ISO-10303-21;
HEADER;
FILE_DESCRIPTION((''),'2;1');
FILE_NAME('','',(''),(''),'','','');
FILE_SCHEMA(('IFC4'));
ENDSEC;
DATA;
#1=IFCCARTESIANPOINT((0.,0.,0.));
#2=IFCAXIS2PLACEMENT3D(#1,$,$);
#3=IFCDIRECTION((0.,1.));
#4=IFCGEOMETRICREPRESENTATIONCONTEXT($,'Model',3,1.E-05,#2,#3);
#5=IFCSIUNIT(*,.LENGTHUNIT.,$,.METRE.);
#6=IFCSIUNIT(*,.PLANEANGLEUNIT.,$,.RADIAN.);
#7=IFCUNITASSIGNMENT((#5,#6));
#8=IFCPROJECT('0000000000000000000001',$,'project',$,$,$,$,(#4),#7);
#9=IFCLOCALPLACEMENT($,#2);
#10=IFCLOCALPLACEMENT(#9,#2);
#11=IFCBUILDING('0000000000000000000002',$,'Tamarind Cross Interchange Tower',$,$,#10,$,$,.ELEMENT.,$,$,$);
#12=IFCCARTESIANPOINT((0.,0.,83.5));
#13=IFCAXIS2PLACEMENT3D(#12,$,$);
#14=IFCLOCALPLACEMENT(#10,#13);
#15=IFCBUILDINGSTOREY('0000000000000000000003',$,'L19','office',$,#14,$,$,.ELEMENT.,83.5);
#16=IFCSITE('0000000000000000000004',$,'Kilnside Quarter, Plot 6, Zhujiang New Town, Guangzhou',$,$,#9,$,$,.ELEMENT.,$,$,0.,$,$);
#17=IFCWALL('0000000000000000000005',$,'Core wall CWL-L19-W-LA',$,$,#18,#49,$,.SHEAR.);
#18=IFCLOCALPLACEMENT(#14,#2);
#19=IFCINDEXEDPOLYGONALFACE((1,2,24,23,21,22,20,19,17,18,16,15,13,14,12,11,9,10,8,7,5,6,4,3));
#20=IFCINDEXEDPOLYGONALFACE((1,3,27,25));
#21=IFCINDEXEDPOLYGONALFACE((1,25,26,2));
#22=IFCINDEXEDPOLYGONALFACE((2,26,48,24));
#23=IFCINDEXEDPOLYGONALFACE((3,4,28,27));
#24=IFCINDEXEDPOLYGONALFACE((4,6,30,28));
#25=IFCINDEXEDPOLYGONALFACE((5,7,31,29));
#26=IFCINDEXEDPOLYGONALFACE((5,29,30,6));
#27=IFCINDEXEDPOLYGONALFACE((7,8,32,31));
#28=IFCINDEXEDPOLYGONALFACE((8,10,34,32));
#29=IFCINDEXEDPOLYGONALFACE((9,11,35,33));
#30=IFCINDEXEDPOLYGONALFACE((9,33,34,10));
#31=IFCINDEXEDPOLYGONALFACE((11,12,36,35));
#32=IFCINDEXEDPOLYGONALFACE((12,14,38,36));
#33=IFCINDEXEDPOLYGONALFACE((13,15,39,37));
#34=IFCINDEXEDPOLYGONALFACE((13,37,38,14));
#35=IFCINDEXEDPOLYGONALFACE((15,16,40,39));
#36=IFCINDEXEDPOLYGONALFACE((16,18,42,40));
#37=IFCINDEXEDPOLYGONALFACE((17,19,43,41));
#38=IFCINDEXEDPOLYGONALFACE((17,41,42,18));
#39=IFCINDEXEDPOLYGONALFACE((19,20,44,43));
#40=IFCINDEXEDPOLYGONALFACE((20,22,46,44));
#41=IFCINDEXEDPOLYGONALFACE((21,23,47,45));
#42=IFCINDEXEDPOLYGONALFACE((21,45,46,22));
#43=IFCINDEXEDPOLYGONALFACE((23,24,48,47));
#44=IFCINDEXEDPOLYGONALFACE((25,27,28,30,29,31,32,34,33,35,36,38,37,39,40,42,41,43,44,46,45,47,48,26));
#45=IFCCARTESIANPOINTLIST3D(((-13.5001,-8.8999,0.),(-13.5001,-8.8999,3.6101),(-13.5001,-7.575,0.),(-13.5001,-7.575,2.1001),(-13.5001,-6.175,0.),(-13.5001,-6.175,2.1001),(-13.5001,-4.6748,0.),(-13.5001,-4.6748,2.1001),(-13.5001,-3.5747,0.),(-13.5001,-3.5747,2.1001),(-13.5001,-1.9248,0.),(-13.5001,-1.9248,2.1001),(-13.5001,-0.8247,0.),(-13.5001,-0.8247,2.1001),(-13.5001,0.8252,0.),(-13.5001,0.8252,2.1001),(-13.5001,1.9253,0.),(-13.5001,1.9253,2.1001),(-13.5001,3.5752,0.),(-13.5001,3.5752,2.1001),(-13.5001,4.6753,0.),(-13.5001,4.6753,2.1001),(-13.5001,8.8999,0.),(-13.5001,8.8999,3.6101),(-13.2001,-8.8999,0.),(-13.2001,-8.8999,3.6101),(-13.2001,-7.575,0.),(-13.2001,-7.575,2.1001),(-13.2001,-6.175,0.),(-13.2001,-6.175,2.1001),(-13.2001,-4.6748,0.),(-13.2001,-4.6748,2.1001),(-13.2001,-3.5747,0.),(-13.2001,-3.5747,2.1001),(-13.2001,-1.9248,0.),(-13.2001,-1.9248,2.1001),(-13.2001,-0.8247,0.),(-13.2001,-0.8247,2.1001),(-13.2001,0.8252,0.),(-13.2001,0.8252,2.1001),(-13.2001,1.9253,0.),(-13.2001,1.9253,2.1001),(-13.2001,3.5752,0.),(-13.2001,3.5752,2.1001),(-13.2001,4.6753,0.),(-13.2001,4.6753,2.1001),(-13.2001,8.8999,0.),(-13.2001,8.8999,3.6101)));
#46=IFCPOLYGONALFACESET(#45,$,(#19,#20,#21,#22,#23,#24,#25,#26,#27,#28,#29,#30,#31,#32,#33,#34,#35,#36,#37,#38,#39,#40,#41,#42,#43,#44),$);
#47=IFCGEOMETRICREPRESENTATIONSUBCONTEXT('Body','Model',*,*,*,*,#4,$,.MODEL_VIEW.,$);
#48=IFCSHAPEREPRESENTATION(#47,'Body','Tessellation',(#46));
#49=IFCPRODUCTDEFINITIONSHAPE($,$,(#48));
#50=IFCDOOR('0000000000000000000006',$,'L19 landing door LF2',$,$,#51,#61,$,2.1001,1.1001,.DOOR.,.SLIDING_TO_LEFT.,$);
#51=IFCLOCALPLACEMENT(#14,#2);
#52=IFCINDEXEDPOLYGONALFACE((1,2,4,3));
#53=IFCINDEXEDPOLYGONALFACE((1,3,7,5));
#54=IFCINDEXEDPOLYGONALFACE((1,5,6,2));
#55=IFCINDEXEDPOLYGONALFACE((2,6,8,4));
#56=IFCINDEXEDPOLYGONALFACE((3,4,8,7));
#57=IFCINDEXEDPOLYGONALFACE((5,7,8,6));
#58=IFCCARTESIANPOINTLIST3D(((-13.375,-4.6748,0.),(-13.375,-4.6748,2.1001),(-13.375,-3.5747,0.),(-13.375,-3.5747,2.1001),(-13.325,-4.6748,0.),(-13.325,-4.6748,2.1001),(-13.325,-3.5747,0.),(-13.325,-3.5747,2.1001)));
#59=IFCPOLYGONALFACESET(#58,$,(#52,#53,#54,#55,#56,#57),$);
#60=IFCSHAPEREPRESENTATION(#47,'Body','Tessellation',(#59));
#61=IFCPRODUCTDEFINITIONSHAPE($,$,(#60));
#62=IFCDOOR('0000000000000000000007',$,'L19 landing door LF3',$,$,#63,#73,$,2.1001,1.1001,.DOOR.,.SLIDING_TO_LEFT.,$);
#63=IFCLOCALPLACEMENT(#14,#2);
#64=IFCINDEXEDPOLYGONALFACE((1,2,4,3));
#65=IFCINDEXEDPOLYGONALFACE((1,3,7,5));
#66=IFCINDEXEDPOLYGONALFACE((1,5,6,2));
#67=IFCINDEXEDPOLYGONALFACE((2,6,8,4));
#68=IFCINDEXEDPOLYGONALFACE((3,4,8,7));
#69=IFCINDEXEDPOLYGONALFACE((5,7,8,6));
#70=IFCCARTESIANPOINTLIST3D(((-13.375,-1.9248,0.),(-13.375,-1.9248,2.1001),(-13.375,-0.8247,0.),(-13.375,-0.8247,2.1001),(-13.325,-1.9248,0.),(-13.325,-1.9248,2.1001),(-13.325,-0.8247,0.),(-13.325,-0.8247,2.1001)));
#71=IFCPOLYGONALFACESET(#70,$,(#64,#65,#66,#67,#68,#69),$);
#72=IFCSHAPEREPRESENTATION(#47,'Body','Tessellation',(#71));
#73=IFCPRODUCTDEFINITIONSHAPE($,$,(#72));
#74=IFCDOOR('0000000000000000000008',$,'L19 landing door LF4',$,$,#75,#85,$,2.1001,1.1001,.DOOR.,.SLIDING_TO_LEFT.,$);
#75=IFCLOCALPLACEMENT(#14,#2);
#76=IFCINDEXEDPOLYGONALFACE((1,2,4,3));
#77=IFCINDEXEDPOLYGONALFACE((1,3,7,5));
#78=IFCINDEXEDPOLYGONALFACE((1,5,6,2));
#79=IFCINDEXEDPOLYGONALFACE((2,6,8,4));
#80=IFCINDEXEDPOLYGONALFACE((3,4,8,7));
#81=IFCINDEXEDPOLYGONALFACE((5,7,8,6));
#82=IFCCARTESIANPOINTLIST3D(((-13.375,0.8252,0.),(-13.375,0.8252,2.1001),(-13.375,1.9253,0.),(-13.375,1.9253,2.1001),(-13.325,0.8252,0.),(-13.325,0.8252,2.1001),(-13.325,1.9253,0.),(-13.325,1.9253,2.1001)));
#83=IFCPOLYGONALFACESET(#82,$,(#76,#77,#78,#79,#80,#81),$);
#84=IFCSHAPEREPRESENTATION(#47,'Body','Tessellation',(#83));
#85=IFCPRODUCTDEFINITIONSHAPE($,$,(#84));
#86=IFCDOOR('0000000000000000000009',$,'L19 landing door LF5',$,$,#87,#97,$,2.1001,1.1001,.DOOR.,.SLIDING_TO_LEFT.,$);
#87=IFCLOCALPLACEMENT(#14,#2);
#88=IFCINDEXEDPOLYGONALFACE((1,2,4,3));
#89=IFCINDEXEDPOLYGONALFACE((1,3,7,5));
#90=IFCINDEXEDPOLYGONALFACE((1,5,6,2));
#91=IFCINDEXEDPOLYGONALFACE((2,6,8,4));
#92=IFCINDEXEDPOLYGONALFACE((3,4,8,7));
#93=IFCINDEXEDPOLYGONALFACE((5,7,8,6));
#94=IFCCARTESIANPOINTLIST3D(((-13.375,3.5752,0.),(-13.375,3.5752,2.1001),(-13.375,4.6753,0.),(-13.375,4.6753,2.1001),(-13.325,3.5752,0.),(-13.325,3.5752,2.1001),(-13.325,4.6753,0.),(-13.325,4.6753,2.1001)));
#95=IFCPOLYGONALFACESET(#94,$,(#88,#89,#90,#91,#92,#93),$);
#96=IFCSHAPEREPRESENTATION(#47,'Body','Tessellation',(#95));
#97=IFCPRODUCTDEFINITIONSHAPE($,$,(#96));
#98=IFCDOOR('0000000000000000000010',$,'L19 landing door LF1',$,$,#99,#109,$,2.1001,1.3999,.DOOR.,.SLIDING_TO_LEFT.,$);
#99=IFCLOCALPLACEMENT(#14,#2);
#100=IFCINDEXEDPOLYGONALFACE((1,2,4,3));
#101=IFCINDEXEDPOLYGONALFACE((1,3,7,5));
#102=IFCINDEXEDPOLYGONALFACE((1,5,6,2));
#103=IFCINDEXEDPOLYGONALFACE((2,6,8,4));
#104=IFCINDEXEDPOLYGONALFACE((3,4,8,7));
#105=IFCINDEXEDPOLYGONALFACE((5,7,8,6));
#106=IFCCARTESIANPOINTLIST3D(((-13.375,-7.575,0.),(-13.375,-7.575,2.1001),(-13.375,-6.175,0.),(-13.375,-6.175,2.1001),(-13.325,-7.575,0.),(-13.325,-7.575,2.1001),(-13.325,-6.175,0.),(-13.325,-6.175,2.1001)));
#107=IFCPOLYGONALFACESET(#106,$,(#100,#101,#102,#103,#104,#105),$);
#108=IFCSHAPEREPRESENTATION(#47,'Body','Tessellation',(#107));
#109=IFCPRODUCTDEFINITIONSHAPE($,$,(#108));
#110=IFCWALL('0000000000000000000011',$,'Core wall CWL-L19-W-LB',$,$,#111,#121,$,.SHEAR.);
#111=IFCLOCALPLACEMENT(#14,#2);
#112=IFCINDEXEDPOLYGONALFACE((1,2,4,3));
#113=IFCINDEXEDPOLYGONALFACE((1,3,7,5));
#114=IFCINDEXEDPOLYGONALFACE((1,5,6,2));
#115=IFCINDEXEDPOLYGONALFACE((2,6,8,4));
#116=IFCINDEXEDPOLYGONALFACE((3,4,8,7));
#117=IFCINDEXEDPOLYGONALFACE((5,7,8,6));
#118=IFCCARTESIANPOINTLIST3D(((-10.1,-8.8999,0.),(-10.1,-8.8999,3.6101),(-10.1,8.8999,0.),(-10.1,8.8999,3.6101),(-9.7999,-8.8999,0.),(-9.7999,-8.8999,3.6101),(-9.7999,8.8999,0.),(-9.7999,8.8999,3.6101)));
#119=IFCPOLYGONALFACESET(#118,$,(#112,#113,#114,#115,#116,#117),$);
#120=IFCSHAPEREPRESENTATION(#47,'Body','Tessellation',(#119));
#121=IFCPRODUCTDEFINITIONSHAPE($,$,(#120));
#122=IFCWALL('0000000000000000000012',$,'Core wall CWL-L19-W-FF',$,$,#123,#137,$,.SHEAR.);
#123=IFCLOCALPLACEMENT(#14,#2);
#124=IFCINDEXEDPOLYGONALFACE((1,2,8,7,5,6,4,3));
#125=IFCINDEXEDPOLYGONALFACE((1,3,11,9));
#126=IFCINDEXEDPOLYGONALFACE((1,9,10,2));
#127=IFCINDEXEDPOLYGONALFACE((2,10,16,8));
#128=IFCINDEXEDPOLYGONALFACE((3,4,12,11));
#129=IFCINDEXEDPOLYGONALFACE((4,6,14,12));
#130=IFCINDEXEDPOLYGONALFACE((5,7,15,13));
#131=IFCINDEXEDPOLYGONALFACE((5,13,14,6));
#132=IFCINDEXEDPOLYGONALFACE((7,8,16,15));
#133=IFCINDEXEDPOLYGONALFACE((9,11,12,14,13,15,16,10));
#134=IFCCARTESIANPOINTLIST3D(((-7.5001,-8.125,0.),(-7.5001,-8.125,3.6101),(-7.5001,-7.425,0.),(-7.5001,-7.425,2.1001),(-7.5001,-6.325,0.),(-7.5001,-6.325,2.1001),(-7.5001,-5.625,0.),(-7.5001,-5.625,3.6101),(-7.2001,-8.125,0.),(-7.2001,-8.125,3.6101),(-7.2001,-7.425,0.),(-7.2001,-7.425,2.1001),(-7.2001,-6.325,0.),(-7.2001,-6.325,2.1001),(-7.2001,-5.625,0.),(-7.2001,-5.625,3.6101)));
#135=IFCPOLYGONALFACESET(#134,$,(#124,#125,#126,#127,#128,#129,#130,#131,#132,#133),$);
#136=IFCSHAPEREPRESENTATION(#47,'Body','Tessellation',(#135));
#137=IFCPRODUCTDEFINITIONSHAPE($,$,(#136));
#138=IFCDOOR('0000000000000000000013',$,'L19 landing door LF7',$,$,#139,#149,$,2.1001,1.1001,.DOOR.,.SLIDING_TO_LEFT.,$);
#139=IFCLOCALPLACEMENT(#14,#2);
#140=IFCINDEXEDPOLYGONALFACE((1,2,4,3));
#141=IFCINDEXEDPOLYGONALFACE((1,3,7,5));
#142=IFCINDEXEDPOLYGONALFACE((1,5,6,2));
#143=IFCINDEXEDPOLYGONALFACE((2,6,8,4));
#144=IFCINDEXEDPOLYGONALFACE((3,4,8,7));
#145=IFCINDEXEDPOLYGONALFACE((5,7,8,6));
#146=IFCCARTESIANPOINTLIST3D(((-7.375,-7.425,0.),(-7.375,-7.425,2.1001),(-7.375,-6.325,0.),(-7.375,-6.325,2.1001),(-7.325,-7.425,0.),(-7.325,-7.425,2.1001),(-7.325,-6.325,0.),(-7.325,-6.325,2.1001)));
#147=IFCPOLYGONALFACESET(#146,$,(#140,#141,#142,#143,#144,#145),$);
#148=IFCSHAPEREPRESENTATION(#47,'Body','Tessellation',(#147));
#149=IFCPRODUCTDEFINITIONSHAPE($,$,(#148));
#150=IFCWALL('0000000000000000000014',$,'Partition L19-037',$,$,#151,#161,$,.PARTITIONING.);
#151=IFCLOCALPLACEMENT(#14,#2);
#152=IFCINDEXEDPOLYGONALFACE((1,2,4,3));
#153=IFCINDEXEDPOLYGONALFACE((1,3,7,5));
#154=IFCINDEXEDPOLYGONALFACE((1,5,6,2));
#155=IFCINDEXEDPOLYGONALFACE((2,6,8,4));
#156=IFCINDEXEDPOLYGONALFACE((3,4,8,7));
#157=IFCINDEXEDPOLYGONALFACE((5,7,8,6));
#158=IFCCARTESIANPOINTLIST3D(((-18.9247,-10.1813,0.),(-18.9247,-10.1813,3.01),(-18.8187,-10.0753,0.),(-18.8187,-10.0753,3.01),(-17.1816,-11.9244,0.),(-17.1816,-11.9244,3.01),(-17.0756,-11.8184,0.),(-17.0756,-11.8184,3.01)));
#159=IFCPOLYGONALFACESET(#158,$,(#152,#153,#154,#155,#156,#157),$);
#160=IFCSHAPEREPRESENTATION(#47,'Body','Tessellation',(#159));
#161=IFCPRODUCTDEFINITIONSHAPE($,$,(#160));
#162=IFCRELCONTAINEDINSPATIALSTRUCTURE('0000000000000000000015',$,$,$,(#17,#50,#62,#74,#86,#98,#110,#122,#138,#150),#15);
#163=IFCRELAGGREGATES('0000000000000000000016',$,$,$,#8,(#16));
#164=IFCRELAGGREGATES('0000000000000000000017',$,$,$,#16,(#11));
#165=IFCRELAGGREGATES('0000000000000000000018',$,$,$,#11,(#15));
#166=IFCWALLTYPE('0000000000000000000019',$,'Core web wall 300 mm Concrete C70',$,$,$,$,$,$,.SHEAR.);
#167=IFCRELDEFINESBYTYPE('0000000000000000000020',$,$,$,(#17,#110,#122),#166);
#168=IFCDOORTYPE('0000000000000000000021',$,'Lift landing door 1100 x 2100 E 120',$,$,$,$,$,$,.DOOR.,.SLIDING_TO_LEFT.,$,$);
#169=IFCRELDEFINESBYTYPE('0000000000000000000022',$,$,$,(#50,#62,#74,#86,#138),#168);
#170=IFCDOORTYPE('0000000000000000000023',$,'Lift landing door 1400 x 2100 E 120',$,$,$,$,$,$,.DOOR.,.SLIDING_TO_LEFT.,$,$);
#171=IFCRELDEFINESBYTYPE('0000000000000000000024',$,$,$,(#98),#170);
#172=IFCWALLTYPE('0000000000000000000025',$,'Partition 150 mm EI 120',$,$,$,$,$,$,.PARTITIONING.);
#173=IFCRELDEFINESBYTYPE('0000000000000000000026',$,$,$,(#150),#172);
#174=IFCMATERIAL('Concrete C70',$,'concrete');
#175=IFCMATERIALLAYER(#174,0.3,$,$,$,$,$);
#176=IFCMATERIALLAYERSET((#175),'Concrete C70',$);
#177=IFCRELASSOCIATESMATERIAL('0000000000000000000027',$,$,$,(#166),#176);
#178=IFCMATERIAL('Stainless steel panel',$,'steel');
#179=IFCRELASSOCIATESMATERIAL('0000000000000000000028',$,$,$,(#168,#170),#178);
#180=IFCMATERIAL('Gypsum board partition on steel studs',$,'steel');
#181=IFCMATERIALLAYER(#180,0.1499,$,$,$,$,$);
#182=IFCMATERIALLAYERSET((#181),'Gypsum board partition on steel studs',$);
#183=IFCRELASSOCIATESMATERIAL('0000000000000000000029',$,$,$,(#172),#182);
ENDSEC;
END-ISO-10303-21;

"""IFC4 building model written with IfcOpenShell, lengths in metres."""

from ifc_helpers import new_model, si_unit, direction, frame, frame_2d, origin, place, context, subcontext, project, spatial, rectangle, extrude, material, layer, layer_set, type_object, element, fill, save


model = new_model("IFC4")

# Units and contexts
model_context = context("Model", 3, precision=1e-05, world=origin(), true_north=direction((0.0, 1.0)))
body_context = subcontext(model_context, "Body", "Model", "MODEL_VIEW")
ifc_project = project(units=[si_unit("LENGTHUNIT", "METRE"), si_unit("PLANEANGLEUNIT", "RADIAN")], contexts=[model_context])

# Site, building, storey
site_placement = place(None, origin())
site = spatial("IfcSite", under=ifc_project, at=site_placement, Name="Kilnside Quarter, Plot 6, Zhujiang New Town, Guangzhou", CompositionType="ELEMENT", RefElevation=0.0)
building_placement = place(site_placement, origin())
building = spatial("IfcBuilding", under=site, at=building_placement, Name="Tamarind Cross Interchange Tower", CompositionType="ELEMENT")
storey_placement = place(building_placement, frame((0.0, 0.0, 83.5)))
storey = spatial("IfcBuildingStorey", under=building, at=storey_placement, Name="L19", Description="office", CompositionType="ELEMENT", Elevation=83.5)

# Shared definitions
ifc_material_1 = material(Name="Concrete C70", Category="concrete")

# Shared definitions
ifc_layer_1 = layer(ifc_material_1, 0.3)
ifc_layer_set_1 = layer_set([ifc_layer_1], Name="Concrete C70")
wall_type_1 = type_object("IfcWallType", Name="Core web wall 300 mm Concrete C70", PredefinedType="SHEAR", material=ifc_layer_set_1)

# Wall, openings, doors
wall_1_placement = place(storey_placement, frame((-13.3501, -8.8999, 0.0), z_axis=(0.0, 0.0, 1.0), x_axis=(0.0, 1.0, 0.0)))
wall_1 = element("IfcWall", 1, at=wall_1_placement, inside=storey, type_object=wall_type_1, Name="Core wall CWL-L19-W-LA", PredefinedType="SHEAR", context=body_context, shape_type="SweptSolid", body=[
    extrude(rectangle(XDim=17.7998, YDim=0.3, at=frame_2d((8.8999, 0.0))), origin(), (0.0, 0.0, 1.0), 3.6101),
])
opening_1_placement = place(wall_1_placement, frame((1.325, 0.0, 0.0)))
opening_1 = element("IfcOpeningElement", 2, at=opening_1_placement, cuts=wall_1, PredefinedType="OPENING", context=body_context, shape_type="SweptSolid", body=[
    extrude(rectangle(XDim=1.3999, YDim=2.1001, at=frame_2d((0.7, 1.05))), frame((0.0, 0.1599, 0.0), z_axis=(0.0, -1.0, 0.0), x_axis=(1.0, 0.0, 0.0)), (0.0, 0.0, 1.0), 0.3201),
])
opening_2_placement = place(wall_1_placement, frame((4.2251, 0.0, 0.0)))
opening_2 = element("IfcOpeningElement", 3, at=opening_2_placement, cuts=wall_1, PredefinedType="OPENING", context=body_context, shape_type="SweptSolid", body=[
    extrude(rectangle(XDim=1.1001, YDim=2.1001, at=frame_2d((0.55, 1.05))), frame((0.0, 0.1599, 0.0), z_axis=(0.0, -1.0, 0.0), x_axis=(1.0, 0.0, 0.0)), (0.0, 0.0, 1.0), 0.3201),
])
opening_3_placement = place(wall_1_placement, frame((6.9751, 0.0, 0.0)))
opening_3 = element("IfcOpeningElement", 4, at=opening_3_placement, cuts=wall_1, PredefinedType="OPENING", context=body_context, shape_type="SweptSolid", body=[
    extrude(rectangle(XDim=1.1001, YDim=2.1001, at=frame_2d((0.55, 1.05))), frame((0.0, 0.1599, 0.0), z_axis=(0.0, -1.0, 0.0), x_axis=(1.0, 0.0, 0.0)), (0.0, 0.0, 1.0), 0.3201),
])
opening_4_placement = place(wall_1_placement, frame((9.7251, 0.0, 0.0)))
opening_4 = element("IfcOpeningElement", 5, at=opening_4_placement, cuts=wall_1, PredefinedType="OPENING", context=body_context, shape_type="SweptSolid", body=[
    extrude(rectangle(XDim=1.1001, YDim=2.1001, at=frame_2d((0.55, 1.05))), frame((0.0, 0.1599, 0.0), z_axis=(0.0, -1.0, 0.0), x_axis=(1.0, 0.0, 0.0)), (0.0, 0.0, 1.0), 0.3201),
])
opening_5_placement = place(wall_1_placement, frame((12.4751, 0.0, 0.0)))
opening_5 = element("IfcOpeningElement", 6, at=opening_5_placement, cuts=wall_1, PredefinedType="OPENING", context=body_context, shape_type="SweptSolid", body=[
    extrude(rectangle(XDim=1.1001, YDim=2.1001, at=frame_2d((0.55, 1.05))), frame((0.0, 0.1599, 0.0), z_axis=(0.0, -1.0, 0.0), x_axis=(1.0, 0.0, 0.0)), (0.0, 0.0, 1.0), 0.3201),
])
ifc_material_2 = material(Name="Stainless steel panel", Category="steel")
door_type_1 = type_object("IfcDoorType", Name="Lift landing door 1100 x 2100 E 120", OperationType="SLIDING_TO_LEFT", PredefinedType="DOOR", material=ifc_material_2)
door_1_placement = place(opening_2_placement, origin())
door_1 = element("IfcDoor", 7, at=door_1_placement, inside=storey, type_object=door_type_1, Name="L19 landing door LF2", OperationType="SLIDING_TO_LEFT", OverallHeight=2.1001, OverallWidth=1.1001, PredefinedType="DOOR", context=body_context, shape_type="SweptSolid", body=[
    extrude(rectangle(XDim=1.1001, YDim=2.1001, at=frame_2d((0.55, 1.05))), frame((0.0, 0.0249, 0.0), z_axis=(0.0, -1.0, 0.0), x_axis=(1.0, 0.0, 0.0)), (0.0, 0.0, 1.0), 0.05),
])
fill(opening_2, door_1)
door_2_placement = place(opening_3_placement, origin())
door_2 = element("IfcDoor", 8, at=door_2_placement, inside=storey, type_object=door_type_1, Name="L19 landing door LF3", OperationType="SLIDING_TO_LEFT", OverallHeight=2.1001, OverallWidth=1.1001, PredefinedType="DOOR", context=body_context, shape_type="SweptSolid", body=[
    extrude(rectangle(XDim=1.1001, YDim=2.1001, at=frame_2d((0.55, 1.05))), frame((0.0, 0.0249, 0.0), z_axis=(0.0, -1.0, 0.0), x_axis=(1.0, 0.0, 0.0)), (0.0, 0.0, 1.0), 0.05),
])
fill(opening_3, door_2)
door_3_placement = place(opening_4_placement, origin())
door_3 = element("IfcDoor", 9, at=door_3_placement, inside=storey, type_object=door_type_1, Name="L19 landing door LF4", OperationType="SLIDING_TO_LEFT", OverallHeight=2.1001, OverallWidth=1.1001, PredefinedType="DOOR", context=body_context, shape_type="SweptSolid", body=[
    extrude(rectangle(XDim=1.1001, YDim=2.1001, at=frame_2d((0.55, 1.05))), frame((0.0, 0.0249, 0.0), z_axis=(0.0, -1.0, 0.0), x_axis=(1.0, 0.0, 0.0)), (0.0, 0.0, 1.0), 0.05),
])
fill(opening_4, door_3)
door_4_placement = place(opening_5_placement, origin())
door_4 = element("IfcDoor", 10, at=door_4_placement, inside=storey, type_object=door_type_1, Name="L19 landing door LF5", OperationType="SLIDING_TO_LEFT", OverallHeight=2.1001, OverallWidth=1.1001, PredefinedType="DOOR", context=body_context, shape_type="SweptSolid", body=[
    extrude(rectangle(XDim=1.1001, YDim=2.1001, at=frame_2d((0.55, 1.05))), frame((0.0, 0.0249, 0.0), z_axis=(0.0, -1.0, 0.0), x_axis=(1.0, 0.0, 0.0)), (0.0, 0.0, 1.0), 0.05),
])
fill(opening_5, door_4)
door_type_2 = type_object("IfcDoorType", Name="Lift landing door 1400 x 2100 E 120", OperationType="SLIDING_TO_LEFT", PredefinedType="DOOR", material=ifc_material_2)
door_5_placement = place(opening_1_placement, origin())
door_5 = element("IfcDoor", 11, at=door_5_placement, inside=storey, type_object=door_type_2, Name="L19 landing door LF1", OperationType="SLIDING_TO_LEFT", OverallHeight=2.1001, OverallWidth=1.3999, PredefinedType="DOOR", context=body_context, shape_type="SweptSolid", body=[
    extrude(rectangle(XDim=1.3999, YDim=2.1001, at=frame_2d((0.7, 1.05))), frame((0.0, 0.0249, 0.0), z_axis=(0.0, -1.0, 0.0), x_axis=(1.0, 0.0, 0.0)), (0.0, 0.0, 1.0), 0.05),
])
fill(opening_1, door_5)

# Wall
wall_2_placement = place(storey_placement, frame((-9.95, -8.8999, 0.0), z_axis=(0.0, 0.0, 1.0), x_axis=(0.0, 1.0, 0.0)))
element("IfcWall", 12, at=wall_2_placement, inside=storey, type_object=wall_type_1, Name="Core wall CWL-L19-W-LB", PredefinedType="SHEAR", context=body_context, shape_type="SweptSolid", body=[
    extrude(rectangle(XDim=17.7998, YDim=0.3, at=frame_2d((8.8999, 0.0))), origin(), (0.0, 0.0, 1.0), 3.6101),
])

# Wall, opening, door
wall_3_placement = place(storey_placement, frame((-7.3501, -8.125, 0.0), z_axis=(0.0, 0.0, 1.0), x_axis=(0.0, 1.0, 0.0)))
wall_3 = element("IfcWall", 13, at=wall_3_placement, inside=storey, type_object=wall_type_1, Name="Core wall CWL-L19-W-FF", PredefinedType="SHEAR", context=body_context, shape_type="SweptSolid", body=[
    extrude(rectangle(XDim=2.5, YDim=0.3, at=frame_2d((1.25, 0.0))), origin(), (0.0, 0.0, 1.0), 3.6101),
])
opening_6_placement = place(wall_3_placement, frame((0.7, 0.0, 0.0)))
opening_6 = element("IfcOpeningElement", 14, at=opening_6_placement, cuts=wall_3, PredefinedType="OPENING", context=body_context, shape_type="SweptSolid", body=[
    extrude(rectangle(XDim=1.1001, YDim=2.1001, at=frame_2d((0.55, 1.05))), frame((0.0, 0.1599, 0.0), z_axis=(0.0, -1.0, 0.0), x_axis=(1.0, 0.0, 0.0)), (0.0, 0.0, 1.0), 0.3201),
])
door_6_placement = place(opening_6_placement, origin())
door_6 = element("IfcDoor", 15, at=door_6_placement, inside=storey, type_object=door_type_1, Name="L19 landing door LF7", OperationType="SLIDING_TO_LEFT", OverallHeight=2.1001, OverallWidth=1.1001, PredefinedType="DOOR", context=body_context, shape_type="SweptSolid", body=[
    extrude(rectangle(XDim=1.1001, YDim=2.1001, at=frame_2d((0.55, 1.05))), frame((0.0, 0.0249, 0.0), z_axis=(0.0, -1.0, 0.0), x_axis=(1.0, 0.0, 0.0)), (0.0, 0.0, 1.0), 0.05),
])
fill(opening_6, door_6)

# Wall
ifc_material_3 = material(Name="Gypsum board partition on steel studs", Category="steel")
ifc_layer_2 = layer(ifc_material_3, 0.1499)
ifc_layer_set_2 = layer_set([ifc_layer_2], Name="Gypsum board partition on steel studs")
wall_type_2 = type_object("IfcWallType", Name="Partition 150 mm EI 120", PredefinedType="PARTITIONING", material=ifc_layer_set_2)
wall_4_placement = place(storey_placement, frame((-18.8716, -10.1284, 0.0), z_axis=(0.0, 0.0, 1.0), x_axis=(0.707107, -0.707107, 0.0)))
element("IfcWall", 16, at=wall_4_placement, inside=storey, type_object=wall_type_2, Name="Partition L19-037", PredefinedType="PARTITIONING", context=body_context, shape_type="SweptSolid", body=[
    extrude(rectangle(XDim=2.4651, YDim=0.1499, at=frame_2d((1.2324, 0.0))), origin(), (0.0, 0.0, 1.0), 3.01),
])

save(model, "model.ifc")
